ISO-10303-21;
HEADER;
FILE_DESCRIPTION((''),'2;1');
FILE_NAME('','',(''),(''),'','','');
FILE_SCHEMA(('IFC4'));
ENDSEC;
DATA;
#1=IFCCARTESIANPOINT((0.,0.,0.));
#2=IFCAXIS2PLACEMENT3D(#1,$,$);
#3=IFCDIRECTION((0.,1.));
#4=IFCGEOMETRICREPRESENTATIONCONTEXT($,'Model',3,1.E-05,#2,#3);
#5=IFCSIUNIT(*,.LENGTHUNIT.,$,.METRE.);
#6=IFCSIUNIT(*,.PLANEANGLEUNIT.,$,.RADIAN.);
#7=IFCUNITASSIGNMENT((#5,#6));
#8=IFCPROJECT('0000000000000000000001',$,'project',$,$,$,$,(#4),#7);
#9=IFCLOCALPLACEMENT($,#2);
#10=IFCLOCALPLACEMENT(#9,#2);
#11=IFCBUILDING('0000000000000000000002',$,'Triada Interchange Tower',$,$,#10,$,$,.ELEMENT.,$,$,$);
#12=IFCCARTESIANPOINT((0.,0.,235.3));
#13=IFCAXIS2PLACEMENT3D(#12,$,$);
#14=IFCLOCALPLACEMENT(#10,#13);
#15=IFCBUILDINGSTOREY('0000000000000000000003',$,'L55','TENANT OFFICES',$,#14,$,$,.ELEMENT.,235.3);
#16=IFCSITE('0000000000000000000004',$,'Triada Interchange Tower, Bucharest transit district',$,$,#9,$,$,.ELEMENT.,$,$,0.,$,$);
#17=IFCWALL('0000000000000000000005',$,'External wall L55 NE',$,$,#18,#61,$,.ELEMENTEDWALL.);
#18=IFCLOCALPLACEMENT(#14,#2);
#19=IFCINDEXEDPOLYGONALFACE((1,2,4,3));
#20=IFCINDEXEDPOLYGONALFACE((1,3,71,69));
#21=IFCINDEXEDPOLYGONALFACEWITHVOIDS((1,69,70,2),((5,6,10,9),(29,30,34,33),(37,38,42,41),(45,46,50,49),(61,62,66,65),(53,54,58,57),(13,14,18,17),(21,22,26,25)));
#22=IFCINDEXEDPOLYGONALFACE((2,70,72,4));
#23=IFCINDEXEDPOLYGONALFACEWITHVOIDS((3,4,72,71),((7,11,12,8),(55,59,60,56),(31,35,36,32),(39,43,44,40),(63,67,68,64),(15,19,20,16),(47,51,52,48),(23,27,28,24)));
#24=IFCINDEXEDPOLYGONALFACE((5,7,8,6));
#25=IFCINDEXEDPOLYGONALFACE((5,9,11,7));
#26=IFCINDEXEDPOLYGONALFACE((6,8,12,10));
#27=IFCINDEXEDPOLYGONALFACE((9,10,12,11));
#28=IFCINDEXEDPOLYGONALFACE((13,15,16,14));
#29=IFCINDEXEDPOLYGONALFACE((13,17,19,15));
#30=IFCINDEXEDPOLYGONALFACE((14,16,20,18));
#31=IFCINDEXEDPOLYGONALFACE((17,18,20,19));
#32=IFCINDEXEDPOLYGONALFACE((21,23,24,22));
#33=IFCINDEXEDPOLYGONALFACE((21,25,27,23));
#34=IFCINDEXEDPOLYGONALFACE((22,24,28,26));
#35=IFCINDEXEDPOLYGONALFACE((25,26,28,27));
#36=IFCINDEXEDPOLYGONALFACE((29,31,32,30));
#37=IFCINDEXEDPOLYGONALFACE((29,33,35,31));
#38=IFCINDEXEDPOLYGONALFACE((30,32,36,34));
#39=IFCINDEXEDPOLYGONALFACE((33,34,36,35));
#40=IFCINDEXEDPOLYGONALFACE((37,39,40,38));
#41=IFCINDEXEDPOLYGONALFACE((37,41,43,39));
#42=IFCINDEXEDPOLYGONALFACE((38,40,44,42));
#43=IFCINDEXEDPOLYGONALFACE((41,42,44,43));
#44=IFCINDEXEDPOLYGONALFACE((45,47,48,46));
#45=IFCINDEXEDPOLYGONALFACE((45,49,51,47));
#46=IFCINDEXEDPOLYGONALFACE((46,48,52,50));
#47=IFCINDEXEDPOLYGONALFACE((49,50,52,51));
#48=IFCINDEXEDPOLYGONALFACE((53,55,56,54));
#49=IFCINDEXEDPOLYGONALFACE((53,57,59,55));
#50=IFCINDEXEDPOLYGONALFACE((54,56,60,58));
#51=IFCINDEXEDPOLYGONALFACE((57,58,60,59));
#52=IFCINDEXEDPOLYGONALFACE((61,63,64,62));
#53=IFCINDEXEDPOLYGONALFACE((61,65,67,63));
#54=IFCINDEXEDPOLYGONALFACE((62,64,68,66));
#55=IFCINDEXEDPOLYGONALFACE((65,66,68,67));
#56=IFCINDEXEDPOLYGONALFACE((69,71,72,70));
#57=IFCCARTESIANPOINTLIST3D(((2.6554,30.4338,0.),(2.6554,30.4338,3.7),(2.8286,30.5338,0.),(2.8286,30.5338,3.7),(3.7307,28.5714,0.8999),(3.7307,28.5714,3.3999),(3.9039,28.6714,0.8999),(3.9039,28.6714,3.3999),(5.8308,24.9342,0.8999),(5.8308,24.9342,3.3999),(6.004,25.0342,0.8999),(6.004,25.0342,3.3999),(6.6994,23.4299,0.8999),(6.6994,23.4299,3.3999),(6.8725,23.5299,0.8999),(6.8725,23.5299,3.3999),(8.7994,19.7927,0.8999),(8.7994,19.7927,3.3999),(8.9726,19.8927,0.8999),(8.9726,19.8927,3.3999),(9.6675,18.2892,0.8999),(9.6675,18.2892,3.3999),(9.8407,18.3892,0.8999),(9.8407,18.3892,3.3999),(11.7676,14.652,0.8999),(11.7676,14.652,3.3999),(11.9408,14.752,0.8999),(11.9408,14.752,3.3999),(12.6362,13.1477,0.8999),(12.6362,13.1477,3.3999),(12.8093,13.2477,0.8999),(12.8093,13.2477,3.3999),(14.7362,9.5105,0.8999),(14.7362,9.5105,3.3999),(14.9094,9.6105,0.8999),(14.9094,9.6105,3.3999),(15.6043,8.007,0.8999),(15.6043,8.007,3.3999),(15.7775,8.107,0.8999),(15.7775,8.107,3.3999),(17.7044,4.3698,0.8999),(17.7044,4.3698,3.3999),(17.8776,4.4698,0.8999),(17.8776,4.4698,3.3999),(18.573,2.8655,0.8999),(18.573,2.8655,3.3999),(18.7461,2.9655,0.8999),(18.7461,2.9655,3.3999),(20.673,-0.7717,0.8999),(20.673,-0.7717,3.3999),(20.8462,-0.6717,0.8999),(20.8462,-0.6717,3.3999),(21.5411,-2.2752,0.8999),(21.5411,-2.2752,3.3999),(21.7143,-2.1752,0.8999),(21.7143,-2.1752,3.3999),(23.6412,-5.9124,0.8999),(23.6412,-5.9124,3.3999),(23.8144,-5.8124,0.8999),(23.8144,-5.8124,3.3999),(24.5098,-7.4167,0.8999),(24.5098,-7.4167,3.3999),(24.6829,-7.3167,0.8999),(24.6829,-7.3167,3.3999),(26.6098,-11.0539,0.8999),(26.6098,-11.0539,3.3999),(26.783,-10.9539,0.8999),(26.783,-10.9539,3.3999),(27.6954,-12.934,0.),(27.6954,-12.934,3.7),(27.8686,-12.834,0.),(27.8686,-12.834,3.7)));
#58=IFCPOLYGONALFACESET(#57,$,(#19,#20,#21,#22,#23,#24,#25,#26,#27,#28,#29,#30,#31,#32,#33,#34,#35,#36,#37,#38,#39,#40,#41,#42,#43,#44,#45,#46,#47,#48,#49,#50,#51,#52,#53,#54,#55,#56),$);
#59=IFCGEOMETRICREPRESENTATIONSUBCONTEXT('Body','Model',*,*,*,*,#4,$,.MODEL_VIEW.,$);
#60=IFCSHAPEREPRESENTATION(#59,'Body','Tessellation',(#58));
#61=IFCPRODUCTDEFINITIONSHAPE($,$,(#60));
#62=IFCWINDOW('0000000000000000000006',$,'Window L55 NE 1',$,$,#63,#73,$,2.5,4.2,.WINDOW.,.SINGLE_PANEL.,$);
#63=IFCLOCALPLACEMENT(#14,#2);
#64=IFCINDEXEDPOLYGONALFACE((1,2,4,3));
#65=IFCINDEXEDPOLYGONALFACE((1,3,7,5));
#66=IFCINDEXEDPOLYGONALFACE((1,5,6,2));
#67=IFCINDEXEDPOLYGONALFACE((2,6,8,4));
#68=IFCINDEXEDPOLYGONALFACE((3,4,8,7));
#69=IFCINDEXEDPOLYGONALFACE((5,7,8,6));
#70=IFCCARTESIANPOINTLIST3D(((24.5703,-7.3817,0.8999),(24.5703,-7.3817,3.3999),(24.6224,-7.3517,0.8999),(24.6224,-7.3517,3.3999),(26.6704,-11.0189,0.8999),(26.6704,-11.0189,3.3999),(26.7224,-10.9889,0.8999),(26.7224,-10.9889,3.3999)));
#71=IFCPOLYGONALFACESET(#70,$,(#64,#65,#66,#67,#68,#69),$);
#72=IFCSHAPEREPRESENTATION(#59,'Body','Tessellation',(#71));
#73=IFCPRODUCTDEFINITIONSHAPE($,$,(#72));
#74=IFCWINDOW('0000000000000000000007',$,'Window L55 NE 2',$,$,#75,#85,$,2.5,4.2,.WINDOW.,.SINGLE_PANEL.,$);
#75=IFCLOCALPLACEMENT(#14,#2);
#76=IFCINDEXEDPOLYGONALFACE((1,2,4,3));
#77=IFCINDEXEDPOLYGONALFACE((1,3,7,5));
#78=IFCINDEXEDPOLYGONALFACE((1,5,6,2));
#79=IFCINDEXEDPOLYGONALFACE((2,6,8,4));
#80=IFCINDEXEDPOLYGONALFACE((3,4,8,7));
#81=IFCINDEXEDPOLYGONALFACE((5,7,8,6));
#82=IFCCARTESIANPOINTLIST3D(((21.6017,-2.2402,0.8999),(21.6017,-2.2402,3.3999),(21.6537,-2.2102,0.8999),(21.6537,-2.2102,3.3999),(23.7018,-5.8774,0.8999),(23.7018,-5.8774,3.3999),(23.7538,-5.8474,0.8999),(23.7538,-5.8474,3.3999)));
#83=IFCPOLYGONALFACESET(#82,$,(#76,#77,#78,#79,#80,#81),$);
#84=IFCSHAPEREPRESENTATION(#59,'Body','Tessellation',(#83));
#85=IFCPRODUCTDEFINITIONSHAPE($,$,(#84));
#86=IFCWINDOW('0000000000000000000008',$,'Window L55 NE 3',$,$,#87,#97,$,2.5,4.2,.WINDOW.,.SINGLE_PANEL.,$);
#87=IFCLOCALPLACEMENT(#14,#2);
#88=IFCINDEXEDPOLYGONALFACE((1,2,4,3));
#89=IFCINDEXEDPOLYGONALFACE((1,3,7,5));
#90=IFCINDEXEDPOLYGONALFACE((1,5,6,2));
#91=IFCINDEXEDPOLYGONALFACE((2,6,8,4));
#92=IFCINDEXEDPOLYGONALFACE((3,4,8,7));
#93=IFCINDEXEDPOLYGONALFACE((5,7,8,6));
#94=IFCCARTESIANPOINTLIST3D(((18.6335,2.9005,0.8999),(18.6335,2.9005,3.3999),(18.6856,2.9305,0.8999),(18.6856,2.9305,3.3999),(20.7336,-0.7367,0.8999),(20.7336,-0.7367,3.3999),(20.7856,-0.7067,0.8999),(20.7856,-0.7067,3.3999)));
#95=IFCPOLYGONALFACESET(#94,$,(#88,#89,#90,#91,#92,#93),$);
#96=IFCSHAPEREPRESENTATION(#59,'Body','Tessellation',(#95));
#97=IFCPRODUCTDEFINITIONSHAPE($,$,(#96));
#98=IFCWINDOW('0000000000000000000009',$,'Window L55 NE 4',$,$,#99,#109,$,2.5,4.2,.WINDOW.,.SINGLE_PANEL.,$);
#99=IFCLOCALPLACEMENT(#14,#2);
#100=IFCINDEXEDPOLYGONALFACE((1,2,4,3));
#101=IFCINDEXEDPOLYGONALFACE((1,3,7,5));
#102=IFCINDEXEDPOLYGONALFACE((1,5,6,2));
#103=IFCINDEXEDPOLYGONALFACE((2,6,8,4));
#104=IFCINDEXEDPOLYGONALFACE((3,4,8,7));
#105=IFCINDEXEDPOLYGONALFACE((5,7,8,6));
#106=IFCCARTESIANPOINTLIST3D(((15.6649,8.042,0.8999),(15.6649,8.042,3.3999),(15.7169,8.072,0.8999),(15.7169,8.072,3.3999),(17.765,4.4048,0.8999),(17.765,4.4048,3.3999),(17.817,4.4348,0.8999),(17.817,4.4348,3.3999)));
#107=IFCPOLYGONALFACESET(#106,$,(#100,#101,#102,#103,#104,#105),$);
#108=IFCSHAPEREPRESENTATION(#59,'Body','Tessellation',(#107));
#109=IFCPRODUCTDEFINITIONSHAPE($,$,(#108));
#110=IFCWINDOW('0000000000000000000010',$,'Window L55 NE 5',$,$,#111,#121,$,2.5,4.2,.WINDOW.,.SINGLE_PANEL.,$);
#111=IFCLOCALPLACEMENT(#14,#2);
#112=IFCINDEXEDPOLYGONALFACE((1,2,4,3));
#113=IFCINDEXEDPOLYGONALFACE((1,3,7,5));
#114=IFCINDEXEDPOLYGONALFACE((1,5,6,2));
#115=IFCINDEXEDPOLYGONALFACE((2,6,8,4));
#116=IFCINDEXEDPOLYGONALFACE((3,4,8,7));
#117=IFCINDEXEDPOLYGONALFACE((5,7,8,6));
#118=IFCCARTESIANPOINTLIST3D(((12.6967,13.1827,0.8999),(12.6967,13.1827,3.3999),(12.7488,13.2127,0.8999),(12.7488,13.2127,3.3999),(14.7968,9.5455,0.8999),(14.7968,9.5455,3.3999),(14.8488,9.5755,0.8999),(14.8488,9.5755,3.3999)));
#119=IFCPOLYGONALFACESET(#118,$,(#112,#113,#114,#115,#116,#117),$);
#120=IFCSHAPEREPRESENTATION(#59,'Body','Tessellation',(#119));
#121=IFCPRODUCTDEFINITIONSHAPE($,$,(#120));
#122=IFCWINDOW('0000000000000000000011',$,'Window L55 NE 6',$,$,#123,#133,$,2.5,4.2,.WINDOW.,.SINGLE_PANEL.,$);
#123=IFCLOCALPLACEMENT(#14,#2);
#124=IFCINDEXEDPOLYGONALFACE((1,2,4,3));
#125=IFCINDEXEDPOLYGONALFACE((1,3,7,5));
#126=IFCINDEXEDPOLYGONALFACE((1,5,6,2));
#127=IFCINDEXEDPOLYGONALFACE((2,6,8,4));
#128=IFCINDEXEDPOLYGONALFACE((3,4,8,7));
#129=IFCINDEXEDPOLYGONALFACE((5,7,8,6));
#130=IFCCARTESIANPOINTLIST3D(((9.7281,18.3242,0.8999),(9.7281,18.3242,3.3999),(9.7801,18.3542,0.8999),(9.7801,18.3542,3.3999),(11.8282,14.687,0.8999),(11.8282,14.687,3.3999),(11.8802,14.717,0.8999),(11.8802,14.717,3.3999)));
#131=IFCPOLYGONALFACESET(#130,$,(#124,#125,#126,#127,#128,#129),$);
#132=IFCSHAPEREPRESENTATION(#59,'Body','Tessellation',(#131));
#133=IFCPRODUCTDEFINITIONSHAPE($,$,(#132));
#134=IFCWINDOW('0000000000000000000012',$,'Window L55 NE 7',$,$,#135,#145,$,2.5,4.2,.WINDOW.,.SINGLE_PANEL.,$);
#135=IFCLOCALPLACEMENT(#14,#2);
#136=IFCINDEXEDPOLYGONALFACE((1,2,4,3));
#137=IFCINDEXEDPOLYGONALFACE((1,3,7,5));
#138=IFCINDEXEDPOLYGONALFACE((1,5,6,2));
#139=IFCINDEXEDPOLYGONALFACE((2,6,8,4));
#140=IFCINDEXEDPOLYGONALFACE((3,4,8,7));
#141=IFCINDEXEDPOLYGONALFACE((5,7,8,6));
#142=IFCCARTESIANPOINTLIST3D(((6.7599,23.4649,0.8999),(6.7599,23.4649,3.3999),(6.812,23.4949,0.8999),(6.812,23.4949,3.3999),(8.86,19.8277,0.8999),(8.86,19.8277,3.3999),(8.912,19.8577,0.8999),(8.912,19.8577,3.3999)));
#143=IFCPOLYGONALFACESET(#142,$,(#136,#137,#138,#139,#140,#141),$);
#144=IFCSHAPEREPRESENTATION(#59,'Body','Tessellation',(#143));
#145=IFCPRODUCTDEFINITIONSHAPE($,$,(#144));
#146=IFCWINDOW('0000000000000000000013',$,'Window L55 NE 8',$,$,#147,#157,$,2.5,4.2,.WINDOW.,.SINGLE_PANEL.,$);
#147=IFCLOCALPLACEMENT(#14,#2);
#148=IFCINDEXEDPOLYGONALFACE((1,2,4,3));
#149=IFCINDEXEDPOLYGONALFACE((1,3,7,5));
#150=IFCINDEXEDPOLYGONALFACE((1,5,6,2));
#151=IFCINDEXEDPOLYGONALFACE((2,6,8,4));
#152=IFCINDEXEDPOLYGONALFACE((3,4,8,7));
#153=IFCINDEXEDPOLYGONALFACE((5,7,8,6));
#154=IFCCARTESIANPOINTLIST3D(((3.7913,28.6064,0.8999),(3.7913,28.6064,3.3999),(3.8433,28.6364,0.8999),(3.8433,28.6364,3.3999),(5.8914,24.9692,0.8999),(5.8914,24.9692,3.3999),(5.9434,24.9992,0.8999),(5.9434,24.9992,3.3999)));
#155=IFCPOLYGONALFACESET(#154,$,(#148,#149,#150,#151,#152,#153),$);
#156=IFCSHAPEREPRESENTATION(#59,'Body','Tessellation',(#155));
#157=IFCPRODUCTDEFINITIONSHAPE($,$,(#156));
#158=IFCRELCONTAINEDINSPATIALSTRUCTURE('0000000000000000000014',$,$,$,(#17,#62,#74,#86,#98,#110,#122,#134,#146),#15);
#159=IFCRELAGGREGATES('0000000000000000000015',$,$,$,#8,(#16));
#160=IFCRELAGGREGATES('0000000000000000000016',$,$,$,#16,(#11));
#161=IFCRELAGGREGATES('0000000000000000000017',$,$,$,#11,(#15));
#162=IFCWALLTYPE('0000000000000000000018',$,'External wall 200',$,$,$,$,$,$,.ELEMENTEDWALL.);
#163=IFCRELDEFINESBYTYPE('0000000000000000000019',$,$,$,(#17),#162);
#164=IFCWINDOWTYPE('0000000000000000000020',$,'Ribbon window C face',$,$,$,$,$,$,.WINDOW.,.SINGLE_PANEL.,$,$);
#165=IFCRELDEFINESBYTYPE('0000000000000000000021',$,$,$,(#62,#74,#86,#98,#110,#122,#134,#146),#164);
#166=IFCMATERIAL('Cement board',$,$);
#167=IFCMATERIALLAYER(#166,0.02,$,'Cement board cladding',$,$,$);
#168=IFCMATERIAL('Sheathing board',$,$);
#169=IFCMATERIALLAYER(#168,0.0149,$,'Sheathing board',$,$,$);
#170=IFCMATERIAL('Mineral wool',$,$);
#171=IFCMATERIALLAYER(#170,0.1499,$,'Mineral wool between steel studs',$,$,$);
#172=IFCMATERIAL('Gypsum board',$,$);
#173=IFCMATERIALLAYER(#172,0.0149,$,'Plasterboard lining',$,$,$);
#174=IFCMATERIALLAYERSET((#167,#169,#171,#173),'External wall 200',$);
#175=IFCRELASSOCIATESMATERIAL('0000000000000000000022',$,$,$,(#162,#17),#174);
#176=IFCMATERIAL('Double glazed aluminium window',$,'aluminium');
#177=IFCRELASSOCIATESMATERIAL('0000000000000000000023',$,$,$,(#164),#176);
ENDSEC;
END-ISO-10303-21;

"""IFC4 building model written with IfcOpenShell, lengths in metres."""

from ifc_helpers import new_model, si_unit, direction, frame, frame_2d, origin, place, context, subcontext, project, spatial, rectangle, extrude, material, layer, layer_set, layer_usage, type_object, element, fill, save


model = new_model("IFC4")

# Units and contexts
model_context = context("Model", 3, precision=1e-05, world=origin(), true_north=direction((0.0, 1.0)))
body_context = subcontext(model_context, "Body", "Model", "MODEL_VIEW")
ifc_project = project(units=[si_unit("LENGTHUNIT", "METRE"), si_unit("PLANEANGLEUNIT", "RADIAN")], contexts=[model_context])

# Site, building, storey
site_placement = place(None, origin())
site = spatial("IfcSite", under=ifc_project, at=site_placement, Name="Triada Interchange Tower, Bucharest transit district", CompositionType="ELEMENT", RefElevation=0.0)
building_placement = place(site_placement, origin())
building = spatial("IfcBuilding", under=site, at=building_placement, Name="Triada Interchange Tower", CompositionType="ELEMENT")
storey_placement = place(building_placement, frame((0.0, 0.0, 235.3)))
storey = spatial("IfcBuildingStorey", under=building, at=storey_placement, Name="L55", Description="TENANT OFFICES", CompositionType="ELEMENT", Elevation=235.3)

# Shared definitions
ifc_material_1 = material(Name="Cement board")
ifc_layer_1 = layer(ifc_material_1, 0.02, Name="Cement board cladding")
ifc_material_2 = material(Name="Sheathing board")
ifc_layer_2 = layer(ifc_material_2, 0.0149, Name="Sheathing board")
ifc_material_3 = material(Name="Mineral wool")
ifc_layer_3 = layer(ifc_material_3, 0.1499, Name="Mineral wool between steel studs")
ifc_material_4 = material(Name="Gypsum board")
ifc_layer_4 = layer(ifc_material_4, 0.0149, Name="Plasterboard lining")
ifc_layer_set_1 = layer_set([ifc_layer_1, ifc_layer_2, ifc_layer_3, ifc_layer_4], Name="External wall 200")
ifc_layer_usage = layer_usage(ifc_layer_set_1, "AXIS2", "POSITIVE", -0.1001)
wall_type_1 = type_object("IfcWallType", Name="External wall 200", PredefinedType="ELEMENTEDWALL", material=ifc_layer_set_1)
ifc_material_5 = material(Name="Double glazed aluminium window", Category="aluminium")

# Wall, openings, windows
wall_1_placement = place(storey_placement, frame((27.782, -12.884, 0.0), z_axis=(0.0, 0.0, 1.0), x_axis=(-0.500023, 0.866012, 0.0)))
wall_1 = element("IfcWall", 1, at=wall_1_placement, inside=storey, type_object=wall_type_1, material=ifc_layer_usage, Name="External wall L55 NE", PredefinedType="ELEMENTEDWALL", context=body_context, shape_type="SweptSolid", body=[
    extrude(rectangle(XDim=50.0776, YDim=0.2, at=frame_2d((25.0388, 0.0))), origin(), (0.0, 0.0, 1.0), 3.7),
])
opening_1_placement = place(wall_1_placement, frame((2.1709, 0.0, 0.8999)))
opening_1 = element("IfcOpeningElement", 2, at=opening_1_placement, cuts=wall_1, PredefinedType="OPENING", context=body_context, shape_type="SweptSolid", body=[
    extrude(rectangle(XDim=4.2, YDim=2.5, at=frame_2d((2.1001, 1.25))), frame((0.0, 0.1099, 0.0), z_axis=(0.0, -1.0, 0.0), x_axis=(1.0, 0.0, 0.0)), (0.0, 0.0, 1.0), 0.22),
])
opening_2_placement = place(wall_1_placement, frame((8.1079, 0.0, 0.8999)))
opening_2 = element("IfcOpeningElement", 3, at=opening_2_placement, cuts=wall_1, PredefinedType="OPENING", context=body_context, shape_type="SweptSolid", body=[
    extrude(rectangle(XDim=4.2, YDim=2.5, at=frame_2d((2.1001, 1.25))), frame((0.0, 0.1099, 0.0), z_axis=(0.0, -1.0, 0.0), x_axis=(1.0, 0.0, 0.0)), (0.0, 0.0, 1.0), 0.22),
])
opening_3_placement = place(wall_1_placement, frame((14.0439, 0.0, 0.8999)))
opening_3 = element("IfcOpeningElement", 4, at=opening_3_placement, cuts=wall_1, PredefinedType="OPENING", context=body_context, shape_type="SweptSolid", body=[
    extrude(rectangle(XDim=4.2, YDim=2.5, at=frame_2d((2.1001, 1.25))), frame((0.0, 0.1099, 0.0), z_axis=(0.0, -1.0, 0.0), x_axis=(1.0, 0.0, 0.0)), (0.0, 0.0, 1.0), 0.22),
])
opening_4_placement = place(wall_1_placement, frame((19.981, 0.0, 0.8999)))
opening_4 = element("IfcOpeningElement", 5, at=opening_4_placement, cuts=wall_1, PredefinedType="OPENING", context=body_context, shape_type="SweptSolid", body=[
    extrude(rectangle(XDim=4.2, YDim=2.5, at=frame_2d((2.1001, 1.25))), frame((0.0, 0.1099, 0.0), z_axis=(0.0, -1.0, 0.0), x_axis=(1.0, 0.0, 0.0)), (0.0, 0.0, 1.0), 0.22),
])
opening_5_placement = place(wall_1_placement, frame((25.917, 0.0, 0.8999)))
opening_5 = element("IfcOpeningElement", 6, at=opening_5_placement, cuts=wall_1, PredefinedType="OPENING", context=body_context, shape_type="SweptSolid", body=[
    extrude(rectangle(XDim=4.2, YDim=2.5, at=frame_2d((2.1001, 1.25))), frame((0.0, 0.1099, 0.0), z_axis=(0.0, -1.0, 0.0), x_axis=(1.0, 0.0, 0.0)), (0.0, 0.0, 1.0), 0.22),
])
opening_6_placement = place(wall_1_placement, frame((31.854, 0.0, 0.8999)))
opening_6 = element("IfcOpeningElement", 7, at=opening_6_placement, cuts=wall_1, PredefinedType="OPENING", context=body_context, shape_type="SweptSolid", body=[
    extrude(rectangle(XDim=4.2, YDim=2.5, at=frame_2d((2.1001, 1.25))), frame((0.0, 0.1099, 0.0), z_axis=(0.0, -1.0, 0.0), x_axis=(1.0, 0.0, 0.0)), (0.0, 0.0, 1.0), 0.22),
])
opening_7_placement = place(wall_1_placement, frame((37.79, 0.0, 0.8999)))
opening_7 = element("IfcOpeningElement", 8, at=opening_7_placement, cuts=wall_1, PredefinedType="OPENING", context=body_context, shape_type="SweptSolid", body=[
    extrude(rectangle(XDim=4.2, YDim=2.5, at=frame_2d((2.1001, 1.25))), frame((0.0, 0.1099, 0.0), z_axis=(0.0, -1.0, 0.0), x_axis=(1.0, 0.0, 0.0)), (0.0, 0.0, 1.0), 0.22),
])
opening_8_placement = place(wall_1_placement, frame((43.7271, 0.0, 0.8999)))
opening_8 = element("IfcOpeningElement", 9, at=opening_8_placement, cuts=wall_1, PredefinedType="OPENING", context=body_context, shape_type="SweptSolid", body=[
    extrude(rectangle(XDim=4.2, YDim=2.5, at=frame_2d((2.1001, 1.25))), frame((0.0, 0.1099, 0.0), z_axis=(0.0, -1.0, 0.0), x_axis=(1.0, 0.0, 0.0)), (0.0, 0.0, 1.0), 0.22),
])
window_type_1 = type_object("IfcWindowType", Name="Ribbon window C face", PartitioningType="SINGLE_PANEL", PredefinedType="WINDOW", material=ifc_material_5)
window_1_placement = place(opening_1_placement, origin())
window_1 = element("IfcWindow", 10, at=window_1_placement, inside=storey, type_object=window_type_1, Name="Window L55 NE 1", OverallHeight=2.5, OverallWidth=4.2, PartitioningType="SINGLE_PANEL", PredefinedType="WINDOW", context=body_context, shape_type="SweptSolid", body=[
    extrude(rectangle(XDim=4.2, YDim=2.5, at=frame_2d((2.1001, 1.25))), frame((0.0, 0.03, 0.0), z_axis=(0.0, -1.0, 0.0), x_axis=(1.0, 0.0, 0.0)), (0.0, 0.0, 1.0), 0.0601),
])
fill(opening_1, window_1)
window_2_placement = place(opening_2_placement, origin())
window_2 = element("IfcWindow", 11, at=window_2_placement, inside=storey, type_object=window_type_1, Name="Window L55 NE 2", OverallHeight=2.5, OverallWidth=4.2, PartitioningType="SINGLE_PANEL", PredefinedType="WINDOW", context=body_context, shape_type="SweptSolid", body=[
    extrude(rectangle(XDim=4.2, YDim=2.5, at=frame_2d((2.1001, 1.25))), frame((0.0, 0.03, 0.0), z_axis=(0.0, -1.0, 0.0), x_axis=(1.0, 0.0, 0.0)), (0.0, 0.0, 1.0), 0.0601),
])
fill(opening_2, window_2)
window_3_placement = place(opening_3_placement, origin())
window_3 = element("IfcWindow", 12, at=window_3_placement, inside=storey, type_object=window_type_1, Name="Window L55 NE 3", OverallHeight=2.5, OverallWidth=4.2, PartitioningType="SINGLE_PANEL", PredefinedType="WINDOW", context=body_context, shape_type="SweptSolid", body=[
    extrude(rectangle(XDim=4.2, YDim=2.5, at=frame_2d((2.1001, 1.25))), frame((0.0, 0.03, 0.0), z_axis=(0.0, -1.0, 0.0), x_axis=(1.0, 0.0, 0.0)), (0.0, 0.0, 1.0), 0.0601),
])
fill(opening_3, window_3)
window_4_placement = place(opening_4_placement, origin())
window_4 = element("IfcWindow", 13, at=window_4_placement, inside=storey, type_object=window_type_1, Name="Window L55 NE 4", OverallHeight=2.5, OverallWidth=4.2, PartitioningType="SINGLE_PANEL", PredefinedType="WINDOW", context=body_context, shape_type="SweptSolid", body=[
    extrude(rectangle(XDim=4.2, YDim=2.5, at=frame_2d((2.1001, 1.25))), frame((0.0, 0.03, 0.0), z_axis=(0.0, -1.0, 0.0), x_axis=(1.0, 0.0, 0.0)), (0.0, 0.0, 1.0), 0.0601),
])
fill(opening_4, window_4)
window_5_placement = place(opening_5_placement, origin())
window_5 = element("IfcWindow", 14, at=window_5_placement, inside=storey, type_object=window_type_1, Name="Window L55 NE 5", OverallHeight=2.5, OverallWidth=4.2, PartitioningType="SINGLE_PANEL", PredefinedType="WINDOW", context=body_context, shape_type="SweptSolid", body=[
    extrude(rectangle(XDim=4.2, YDim=2.5, at=frame_2d((2.1001, 1.25))), frame((0.0, 0.03, 0.0), z_axis=(0.0, -1.0, 0.0), x_axis=(1.0, 0.0, 0.0)), (0.0, 0.0, 1.0), 0.0601),
])
fill(opening_5, window_5)
window_6_placement = place(opening_6_placement, origin())
window_6 = element("IfcWindow", 15, at=window_6_placement, inside=storey, type_object=window_type_1, Name="Window L55 NE 6", OverallHeight=2.5, OverallWidth=4.2, PartitioningType="SINGLE_PANEL", PredefinedType="WINDOW", context=body_context, shape_type="SweptSolid", body=[
    extrude(rectangle(XDim=4.2, YDim=2.5, at=frame_2d((2.1001, 1.25))), frame((0.0, 0.03, 0.0), z_axis=(0.0, -1.0, 0.0), x_axis=(1.0, 0.0, 0.0)), (0.0, 0.0, 1.0), 0.0601),
])
fill(opening_6, window_6)
window_7_placement = place(opening_7_placement, origin())
window_7 = element("IfcWindow", 16, at=window_7_placement, inside=storey, type_object=window_type_1, Name="Window L55 NE 7", OverallHeight=2.5, OverallWidth=4.2, PartitioningType="SINGLE_PANEL", PredefinedType="WINDOW", context=body_context, shape_type="SweptSolid", body=[
    extrude(rectangle(XDim=4.2, YDim=2.5, at=frame_2d((2.1001, 1.25))), frame((0.0, 0.03, 0.0), z_axis=(0.0, -1.0, 0.0), x_axis=(1.0, 0.0, 0.0)), (0.0, 0.0, 1.0), 0.0601),
])
fill(opening_7, window_7)
window_8_placement = place(opening_8_placement, origin())
window_8 = element("IfcWindow", 17, at=window_8_placement, inside=storey, type_object=window_type_1, Name="Window L55 NE 8", OverallHeight=2.5, OverallWidth=4.2, PartitioningType="SINGLE_PANEL", PredefinedType="WINDOW", context=body_context, shape_type="SweptSolid", body=[
    extrude(rectangle(XDim=4.2, YDim=2.5, at=frame_2d((2.1001, 1.25))), frame((0.0, 0.03, 0.0), z_axis=(0.0, -1.0, 0.0), x_axis=(1.0, 0.0, 0.0)), (0.0, 0.0, 1.0), 0.0601),
])
fill(opening_8, window_8)

save(model, "model.ifc")
